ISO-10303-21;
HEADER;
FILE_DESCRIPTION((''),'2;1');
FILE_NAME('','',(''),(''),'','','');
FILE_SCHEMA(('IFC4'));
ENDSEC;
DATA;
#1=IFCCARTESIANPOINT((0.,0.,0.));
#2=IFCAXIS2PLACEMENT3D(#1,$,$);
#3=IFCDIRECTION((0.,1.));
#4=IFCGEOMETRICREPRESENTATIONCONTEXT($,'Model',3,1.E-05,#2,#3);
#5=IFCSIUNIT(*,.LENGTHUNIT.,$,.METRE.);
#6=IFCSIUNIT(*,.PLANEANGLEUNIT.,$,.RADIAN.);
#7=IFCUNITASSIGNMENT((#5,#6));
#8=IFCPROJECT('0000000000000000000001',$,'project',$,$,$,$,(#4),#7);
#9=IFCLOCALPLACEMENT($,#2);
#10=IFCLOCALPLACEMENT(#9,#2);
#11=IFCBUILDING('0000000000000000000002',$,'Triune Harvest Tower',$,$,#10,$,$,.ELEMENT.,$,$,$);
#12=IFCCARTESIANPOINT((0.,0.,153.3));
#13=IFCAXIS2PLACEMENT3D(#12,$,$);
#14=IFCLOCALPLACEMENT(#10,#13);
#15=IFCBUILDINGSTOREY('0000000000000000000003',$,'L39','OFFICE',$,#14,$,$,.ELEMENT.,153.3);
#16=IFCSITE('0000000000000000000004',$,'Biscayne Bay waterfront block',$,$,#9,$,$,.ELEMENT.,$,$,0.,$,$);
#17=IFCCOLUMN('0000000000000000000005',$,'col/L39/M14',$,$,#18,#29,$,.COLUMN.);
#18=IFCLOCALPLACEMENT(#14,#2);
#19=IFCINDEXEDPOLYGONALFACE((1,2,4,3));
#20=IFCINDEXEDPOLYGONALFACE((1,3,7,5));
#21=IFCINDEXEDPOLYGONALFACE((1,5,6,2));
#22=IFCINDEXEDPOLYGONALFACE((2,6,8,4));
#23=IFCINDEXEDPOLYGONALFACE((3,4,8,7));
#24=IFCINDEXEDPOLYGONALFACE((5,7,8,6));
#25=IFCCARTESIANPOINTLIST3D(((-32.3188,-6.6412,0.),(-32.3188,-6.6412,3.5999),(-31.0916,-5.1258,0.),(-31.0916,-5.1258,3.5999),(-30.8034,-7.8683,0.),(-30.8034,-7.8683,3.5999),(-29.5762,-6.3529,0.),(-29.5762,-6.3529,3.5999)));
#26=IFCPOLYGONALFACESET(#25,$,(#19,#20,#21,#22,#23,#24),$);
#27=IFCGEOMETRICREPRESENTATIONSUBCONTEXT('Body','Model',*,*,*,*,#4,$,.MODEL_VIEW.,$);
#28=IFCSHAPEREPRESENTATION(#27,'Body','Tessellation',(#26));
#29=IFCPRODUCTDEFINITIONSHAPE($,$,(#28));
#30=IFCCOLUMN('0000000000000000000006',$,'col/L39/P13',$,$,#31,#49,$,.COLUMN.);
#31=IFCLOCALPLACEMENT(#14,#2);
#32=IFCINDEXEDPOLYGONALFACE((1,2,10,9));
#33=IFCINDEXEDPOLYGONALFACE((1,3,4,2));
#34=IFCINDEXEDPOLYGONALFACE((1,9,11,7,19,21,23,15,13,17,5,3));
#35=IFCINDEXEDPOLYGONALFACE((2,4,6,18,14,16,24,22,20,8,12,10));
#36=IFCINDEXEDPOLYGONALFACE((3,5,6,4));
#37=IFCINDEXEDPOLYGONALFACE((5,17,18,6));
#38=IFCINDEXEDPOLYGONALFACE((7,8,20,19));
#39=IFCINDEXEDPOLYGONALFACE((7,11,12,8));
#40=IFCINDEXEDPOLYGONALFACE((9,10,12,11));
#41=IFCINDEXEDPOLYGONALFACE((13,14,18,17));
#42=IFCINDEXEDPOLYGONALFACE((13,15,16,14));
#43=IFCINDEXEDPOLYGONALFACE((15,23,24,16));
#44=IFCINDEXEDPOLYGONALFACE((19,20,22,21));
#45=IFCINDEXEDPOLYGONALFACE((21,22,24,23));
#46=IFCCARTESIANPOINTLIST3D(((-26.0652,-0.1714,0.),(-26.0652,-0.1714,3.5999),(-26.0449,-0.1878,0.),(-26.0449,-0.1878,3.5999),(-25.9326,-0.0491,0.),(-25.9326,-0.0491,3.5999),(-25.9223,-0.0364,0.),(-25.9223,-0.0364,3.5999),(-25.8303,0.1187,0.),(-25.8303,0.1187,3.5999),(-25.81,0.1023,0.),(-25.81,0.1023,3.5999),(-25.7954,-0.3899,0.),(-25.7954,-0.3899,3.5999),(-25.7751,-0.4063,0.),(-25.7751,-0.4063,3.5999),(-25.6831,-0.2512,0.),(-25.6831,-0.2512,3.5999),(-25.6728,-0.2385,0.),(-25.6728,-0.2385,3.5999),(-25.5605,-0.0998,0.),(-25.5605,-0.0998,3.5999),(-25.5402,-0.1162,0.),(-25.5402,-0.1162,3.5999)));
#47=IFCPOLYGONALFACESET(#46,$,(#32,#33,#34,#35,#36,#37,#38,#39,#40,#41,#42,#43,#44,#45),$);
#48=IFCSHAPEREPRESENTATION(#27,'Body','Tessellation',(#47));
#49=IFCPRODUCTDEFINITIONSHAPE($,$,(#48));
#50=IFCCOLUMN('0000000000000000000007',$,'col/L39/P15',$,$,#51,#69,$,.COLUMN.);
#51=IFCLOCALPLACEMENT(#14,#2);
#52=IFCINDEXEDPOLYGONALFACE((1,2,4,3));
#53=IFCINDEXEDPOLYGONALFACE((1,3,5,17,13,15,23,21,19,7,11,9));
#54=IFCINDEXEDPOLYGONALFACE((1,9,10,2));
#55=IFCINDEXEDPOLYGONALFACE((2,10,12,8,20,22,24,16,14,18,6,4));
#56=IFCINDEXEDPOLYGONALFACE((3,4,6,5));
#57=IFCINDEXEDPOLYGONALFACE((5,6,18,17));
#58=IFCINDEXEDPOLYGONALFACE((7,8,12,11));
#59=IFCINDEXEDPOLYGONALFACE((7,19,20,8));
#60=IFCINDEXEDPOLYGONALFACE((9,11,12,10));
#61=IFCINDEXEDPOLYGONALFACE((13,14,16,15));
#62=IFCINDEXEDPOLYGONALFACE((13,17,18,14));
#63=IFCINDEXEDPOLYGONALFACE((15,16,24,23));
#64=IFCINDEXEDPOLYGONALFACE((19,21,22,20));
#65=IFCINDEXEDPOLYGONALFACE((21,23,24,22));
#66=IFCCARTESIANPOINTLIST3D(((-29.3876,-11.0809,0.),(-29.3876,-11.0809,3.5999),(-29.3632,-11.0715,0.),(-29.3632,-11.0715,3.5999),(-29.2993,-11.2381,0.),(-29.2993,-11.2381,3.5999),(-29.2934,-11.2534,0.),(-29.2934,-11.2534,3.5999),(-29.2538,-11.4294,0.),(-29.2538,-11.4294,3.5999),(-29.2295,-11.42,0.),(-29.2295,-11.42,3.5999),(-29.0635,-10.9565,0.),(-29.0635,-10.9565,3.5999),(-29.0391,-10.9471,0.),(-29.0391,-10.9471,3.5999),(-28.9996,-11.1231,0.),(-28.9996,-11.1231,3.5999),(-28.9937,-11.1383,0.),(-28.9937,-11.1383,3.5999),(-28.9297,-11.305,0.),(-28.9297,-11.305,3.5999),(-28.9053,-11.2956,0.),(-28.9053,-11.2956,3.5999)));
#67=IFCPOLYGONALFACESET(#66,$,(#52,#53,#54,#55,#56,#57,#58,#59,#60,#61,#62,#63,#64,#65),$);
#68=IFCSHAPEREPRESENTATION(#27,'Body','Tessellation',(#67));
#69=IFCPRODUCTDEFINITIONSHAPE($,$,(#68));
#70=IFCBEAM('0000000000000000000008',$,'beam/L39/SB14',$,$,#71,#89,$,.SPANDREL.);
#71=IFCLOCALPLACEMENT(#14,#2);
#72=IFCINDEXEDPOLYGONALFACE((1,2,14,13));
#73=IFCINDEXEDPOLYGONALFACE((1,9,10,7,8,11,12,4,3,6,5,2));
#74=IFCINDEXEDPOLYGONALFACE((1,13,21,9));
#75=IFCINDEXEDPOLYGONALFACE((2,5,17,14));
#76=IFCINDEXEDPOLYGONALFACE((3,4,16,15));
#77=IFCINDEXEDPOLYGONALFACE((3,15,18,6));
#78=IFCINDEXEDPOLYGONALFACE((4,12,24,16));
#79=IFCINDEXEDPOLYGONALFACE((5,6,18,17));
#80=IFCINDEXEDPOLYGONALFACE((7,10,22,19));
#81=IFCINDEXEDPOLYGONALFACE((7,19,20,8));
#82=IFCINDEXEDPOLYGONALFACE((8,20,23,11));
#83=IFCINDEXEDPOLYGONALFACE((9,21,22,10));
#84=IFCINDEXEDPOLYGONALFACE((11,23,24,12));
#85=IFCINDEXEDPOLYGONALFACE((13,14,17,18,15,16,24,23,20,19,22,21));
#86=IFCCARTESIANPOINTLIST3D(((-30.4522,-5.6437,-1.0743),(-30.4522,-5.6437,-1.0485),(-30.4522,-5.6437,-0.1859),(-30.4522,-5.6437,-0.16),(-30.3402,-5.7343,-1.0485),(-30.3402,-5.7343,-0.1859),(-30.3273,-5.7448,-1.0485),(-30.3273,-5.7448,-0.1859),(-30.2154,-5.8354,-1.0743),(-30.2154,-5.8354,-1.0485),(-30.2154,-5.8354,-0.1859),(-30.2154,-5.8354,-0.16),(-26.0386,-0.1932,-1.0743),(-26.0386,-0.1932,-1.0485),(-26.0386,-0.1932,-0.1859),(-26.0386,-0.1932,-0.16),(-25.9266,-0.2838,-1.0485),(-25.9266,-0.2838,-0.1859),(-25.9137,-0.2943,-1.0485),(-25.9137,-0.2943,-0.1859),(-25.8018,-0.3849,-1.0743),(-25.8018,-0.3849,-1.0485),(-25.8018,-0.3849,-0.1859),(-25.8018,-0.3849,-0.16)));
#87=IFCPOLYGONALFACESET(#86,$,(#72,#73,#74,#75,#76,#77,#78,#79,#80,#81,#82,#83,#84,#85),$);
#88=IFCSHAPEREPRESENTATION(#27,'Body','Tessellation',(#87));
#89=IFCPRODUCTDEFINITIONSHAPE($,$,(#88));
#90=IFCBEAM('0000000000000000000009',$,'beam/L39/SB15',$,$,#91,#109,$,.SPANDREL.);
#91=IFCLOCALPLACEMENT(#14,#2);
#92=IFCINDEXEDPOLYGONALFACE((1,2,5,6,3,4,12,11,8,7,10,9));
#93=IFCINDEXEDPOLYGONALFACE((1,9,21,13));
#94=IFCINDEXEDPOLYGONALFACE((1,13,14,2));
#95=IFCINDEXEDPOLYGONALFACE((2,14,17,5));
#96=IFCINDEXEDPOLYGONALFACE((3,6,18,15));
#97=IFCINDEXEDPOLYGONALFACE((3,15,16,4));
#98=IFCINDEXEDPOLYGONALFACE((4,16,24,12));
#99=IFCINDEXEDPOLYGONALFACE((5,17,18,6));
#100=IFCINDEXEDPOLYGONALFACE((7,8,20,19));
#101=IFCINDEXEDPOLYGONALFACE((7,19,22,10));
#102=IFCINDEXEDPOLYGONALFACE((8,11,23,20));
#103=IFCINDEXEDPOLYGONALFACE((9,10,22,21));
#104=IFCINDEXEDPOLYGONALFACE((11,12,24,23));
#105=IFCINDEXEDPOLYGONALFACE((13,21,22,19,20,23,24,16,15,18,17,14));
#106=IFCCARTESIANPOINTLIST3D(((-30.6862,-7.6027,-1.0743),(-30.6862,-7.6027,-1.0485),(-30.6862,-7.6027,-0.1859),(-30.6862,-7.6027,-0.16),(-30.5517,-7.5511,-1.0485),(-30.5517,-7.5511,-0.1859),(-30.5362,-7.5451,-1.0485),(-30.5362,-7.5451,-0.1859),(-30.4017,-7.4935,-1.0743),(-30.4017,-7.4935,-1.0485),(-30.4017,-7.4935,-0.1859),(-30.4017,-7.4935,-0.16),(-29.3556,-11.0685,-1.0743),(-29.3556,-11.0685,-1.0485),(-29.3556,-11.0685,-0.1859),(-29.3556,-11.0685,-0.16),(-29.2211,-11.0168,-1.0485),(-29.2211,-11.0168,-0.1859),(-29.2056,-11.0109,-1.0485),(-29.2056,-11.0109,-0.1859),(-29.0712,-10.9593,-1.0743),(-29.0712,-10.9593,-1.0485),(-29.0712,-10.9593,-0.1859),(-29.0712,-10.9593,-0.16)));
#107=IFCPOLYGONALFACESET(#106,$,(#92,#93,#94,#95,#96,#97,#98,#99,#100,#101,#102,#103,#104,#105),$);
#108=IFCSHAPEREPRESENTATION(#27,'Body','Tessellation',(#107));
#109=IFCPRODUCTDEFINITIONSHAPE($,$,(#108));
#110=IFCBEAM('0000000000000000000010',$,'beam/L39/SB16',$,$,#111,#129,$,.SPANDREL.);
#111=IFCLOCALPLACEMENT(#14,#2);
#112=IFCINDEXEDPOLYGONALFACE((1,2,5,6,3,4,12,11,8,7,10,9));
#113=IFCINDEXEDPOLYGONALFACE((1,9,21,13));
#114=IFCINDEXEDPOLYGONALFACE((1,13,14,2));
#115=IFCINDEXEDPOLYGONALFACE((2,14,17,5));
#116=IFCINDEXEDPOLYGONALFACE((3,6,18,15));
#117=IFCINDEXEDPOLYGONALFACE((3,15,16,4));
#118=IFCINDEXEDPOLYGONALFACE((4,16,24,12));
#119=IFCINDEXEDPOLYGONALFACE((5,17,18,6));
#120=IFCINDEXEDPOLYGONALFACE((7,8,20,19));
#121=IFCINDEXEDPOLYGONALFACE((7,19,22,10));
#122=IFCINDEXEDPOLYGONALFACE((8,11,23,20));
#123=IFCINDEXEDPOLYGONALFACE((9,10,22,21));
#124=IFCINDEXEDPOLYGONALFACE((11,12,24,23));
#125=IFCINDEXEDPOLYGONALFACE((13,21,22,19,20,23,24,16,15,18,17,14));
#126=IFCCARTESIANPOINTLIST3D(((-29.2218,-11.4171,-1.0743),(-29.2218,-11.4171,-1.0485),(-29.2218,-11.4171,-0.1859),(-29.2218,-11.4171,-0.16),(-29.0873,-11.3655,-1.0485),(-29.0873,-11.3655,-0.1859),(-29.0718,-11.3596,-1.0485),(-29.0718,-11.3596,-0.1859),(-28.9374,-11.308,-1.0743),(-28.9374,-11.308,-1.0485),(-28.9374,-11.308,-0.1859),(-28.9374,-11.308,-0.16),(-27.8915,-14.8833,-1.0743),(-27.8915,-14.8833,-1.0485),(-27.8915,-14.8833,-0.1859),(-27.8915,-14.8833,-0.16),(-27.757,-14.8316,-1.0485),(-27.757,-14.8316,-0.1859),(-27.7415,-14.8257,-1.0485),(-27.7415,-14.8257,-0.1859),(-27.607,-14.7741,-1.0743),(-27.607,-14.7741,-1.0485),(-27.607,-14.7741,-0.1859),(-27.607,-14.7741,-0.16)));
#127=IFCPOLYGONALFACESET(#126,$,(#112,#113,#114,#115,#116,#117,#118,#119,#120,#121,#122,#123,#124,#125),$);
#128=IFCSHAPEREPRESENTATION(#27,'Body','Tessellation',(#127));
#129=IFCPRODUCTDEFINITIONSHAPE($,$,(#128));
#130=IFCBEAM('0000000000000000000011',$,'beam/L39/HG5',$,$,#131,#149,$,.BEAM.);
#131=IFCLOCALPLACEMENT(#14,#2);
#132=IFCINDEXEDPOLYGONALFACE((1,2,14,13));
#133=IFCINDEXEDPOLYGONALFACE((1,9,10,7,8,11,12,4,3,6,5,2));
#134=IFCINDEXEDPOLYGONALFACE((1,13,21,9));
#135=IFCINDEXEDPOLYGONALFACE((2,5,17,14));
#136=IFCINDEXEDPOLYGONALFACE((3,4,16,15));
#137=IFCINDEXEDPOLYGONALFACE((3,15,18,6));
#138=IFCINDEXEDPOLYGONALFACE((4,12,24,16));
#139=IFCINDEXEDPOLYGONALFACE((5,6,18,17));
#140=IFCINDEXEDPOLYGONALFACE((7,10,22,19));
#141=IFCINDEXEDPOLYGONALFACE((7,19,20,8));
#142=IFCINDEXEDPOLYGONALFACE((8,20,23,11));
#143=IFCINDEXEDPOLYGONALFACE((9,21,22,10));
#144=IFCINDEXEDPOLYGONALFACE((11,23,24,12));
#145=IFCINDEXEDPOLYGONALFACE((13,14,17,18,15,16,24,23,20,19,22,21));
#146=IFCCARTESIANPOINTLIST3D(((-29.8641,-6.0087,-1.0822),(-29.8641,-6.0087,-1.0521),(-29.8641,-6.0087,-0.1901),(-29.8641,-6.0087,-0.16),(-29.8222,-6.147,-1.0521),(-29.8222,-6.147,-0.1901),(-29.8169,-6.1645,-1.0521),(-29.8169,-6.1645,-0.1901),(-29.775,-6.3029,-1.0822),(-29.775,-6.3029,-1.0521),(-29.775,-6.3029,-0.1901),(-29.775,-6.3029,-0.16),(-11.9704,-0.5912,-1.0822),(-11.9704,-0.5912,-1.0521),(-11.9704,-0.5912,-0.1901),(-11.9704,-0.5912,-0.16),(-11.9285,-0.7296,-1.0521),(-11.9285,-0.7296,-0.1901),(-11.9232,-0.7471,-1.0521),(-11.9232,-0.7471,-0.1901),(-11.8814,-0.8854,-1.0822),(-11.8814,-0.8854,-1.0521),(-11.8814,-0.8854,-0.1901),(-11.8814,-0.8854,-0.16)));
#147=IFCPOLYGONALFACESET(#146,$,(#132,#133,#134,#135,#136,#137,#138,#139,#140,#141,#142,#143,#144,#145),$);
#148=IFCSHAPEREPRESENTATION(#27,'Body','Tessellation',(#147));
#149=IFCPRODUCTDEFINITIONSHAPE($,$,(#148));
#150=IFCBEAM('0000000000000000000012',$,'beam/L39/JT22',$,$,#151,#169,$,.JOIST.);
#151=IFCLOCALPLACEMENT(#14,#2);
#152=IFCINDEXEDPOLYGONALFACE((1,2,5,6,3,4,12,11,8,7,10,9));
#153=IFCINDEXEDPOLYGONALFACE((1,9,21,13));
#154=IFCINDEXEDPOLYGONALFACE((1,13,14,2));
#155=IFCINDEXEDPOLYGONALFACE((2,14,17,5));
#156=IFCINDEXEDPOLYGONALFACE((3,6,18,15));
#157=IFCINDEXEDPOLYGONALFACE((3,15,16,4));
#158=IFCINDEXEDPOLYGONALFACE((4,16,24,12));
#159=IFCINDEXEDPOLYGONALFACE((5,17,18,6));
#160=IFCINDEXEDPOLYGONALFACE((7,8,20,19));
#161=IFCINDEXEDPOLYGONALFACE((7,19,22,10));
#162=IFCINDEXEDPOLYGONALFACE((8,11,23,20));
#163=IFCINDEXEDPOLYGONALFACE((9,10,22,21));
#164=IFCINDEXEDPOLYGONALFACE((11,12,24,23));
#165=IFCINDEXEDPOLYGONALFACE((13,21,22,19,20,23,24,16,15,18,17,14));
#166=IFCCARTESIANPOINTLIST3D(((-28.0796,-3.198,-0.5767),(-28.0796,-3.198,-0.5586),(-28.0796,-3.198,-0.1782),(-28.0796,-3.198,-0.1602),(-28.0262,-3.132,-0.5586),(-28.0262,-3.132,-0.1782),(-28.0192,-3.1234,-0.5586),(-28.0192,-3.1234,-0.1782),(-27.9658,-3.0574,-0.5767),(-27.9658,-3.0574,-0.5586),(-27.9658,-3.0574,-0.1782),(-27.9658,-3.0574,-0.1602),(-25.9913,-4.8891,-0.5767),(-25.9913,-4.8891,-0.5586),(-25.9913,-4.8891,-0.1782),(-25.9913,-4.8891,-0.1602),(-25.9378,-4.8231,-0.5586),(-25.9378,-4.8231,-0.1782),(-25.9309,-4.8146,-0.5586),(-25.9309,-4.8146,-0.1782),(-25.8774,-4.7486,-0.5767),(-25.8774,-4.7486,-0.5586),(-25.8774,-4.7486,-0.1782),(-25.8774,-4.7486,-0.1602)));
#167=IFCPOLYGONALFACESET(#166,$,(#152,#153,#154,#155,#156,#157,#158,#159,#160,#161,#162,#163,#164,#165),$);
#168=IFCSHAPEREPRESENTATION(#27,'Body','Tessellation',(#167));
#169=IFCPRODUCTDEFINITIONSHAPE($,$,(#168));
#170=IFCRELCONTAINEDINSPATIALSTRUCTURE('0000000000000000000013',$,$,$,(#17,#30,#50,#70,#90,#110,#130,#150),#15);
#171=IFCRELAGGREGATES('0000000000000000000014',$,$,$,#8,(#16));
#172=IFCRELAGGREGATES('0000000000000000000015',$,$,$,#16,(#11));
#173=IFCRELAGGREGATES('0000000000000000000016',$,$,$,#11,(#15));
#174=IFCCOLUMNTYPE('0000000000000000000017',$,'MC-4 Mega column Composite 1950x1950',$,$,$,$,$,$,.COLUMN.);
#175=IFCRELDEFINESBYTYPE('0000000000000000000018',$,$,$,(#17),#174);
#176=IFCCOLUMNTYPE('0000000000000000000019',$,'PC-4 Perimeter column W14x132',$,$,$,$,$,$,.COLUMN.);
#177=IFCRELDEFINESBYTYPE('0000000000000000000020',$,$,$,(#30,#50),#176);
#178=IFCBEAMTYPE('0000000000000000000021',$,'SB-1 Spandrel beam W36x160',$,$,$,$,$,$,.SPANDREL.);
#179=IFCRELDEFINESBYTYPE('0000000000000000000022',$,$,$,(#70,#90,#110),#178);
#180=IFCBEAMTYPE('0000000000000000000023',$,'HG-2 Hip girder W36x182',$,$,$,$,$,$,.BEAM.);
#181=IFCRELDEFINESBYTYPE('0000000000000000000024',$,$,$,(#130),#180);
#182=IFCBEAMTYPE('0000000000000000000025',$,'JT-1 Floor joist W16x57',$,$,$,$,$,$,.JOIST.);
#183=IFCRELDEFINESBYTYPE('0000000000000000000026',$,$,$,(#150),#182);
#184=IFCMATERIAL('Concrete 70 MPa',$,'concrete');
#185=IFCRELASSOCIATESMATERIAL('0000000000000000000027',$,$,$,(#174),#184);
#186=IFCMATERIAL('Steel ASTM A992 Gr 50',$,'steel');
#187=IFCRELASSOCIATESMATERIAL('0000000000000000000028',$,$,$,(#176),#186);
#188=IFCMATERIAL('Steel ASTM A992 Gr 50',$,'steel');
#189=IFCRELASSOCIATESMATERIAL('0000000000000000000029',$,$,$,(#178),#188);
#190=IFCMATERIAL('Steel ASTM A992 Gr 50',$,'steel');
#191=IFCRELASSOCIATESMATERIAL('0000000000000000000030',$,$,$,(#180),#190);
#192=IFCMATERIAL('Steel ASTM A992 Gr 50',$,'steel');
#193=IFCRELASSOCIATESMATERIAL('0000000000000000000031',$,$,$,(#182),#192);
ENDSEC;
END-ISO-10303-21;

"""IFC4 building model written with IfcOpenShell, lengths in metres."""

from ifc_helpers import new_model, si_unit, direction, frame, origin, origin_2d, place, context, subcontext, project, spatial, rectangle, i_section, extrude, source, transform, mapped, material, material_profile, profile_set, type_object, element, save


model = new_model("IFC4")

# Units and contexts
model_context = context("Model", 3, precision=1e-05, world=origin(), true_north=direction((0.0, 1.0)))
body_context = subcontext(model_context, "Body", "Model", "MODEL_VIEW")
ifc_project = project(units=[si_unit("LENGTHUNIT", "METRE"), si_unit("PLANEANGLEUNIT", "RADIAN")], contexts=[model_context])

# Site, building, storey
site_placement = place(None, origin())
site = spatial("IfcSite", under=ifc_project, at=site_placement, Name="Biscayne Bay waterfront block", CompositionType="ELEMENT", RefElevation=0.0)
building_placement = place(site_placement, origin())
building = spatial("IfcBuilding", under=site, at=building_placement, Name="Triune Harvest Tower", CompositionType="ELEMENT")
storey_placement = place(building_placement, frame((0.0, 0.0, 153.3)))
storey = spatial("IfcBuildingStorey", under=building, at=storey_placement, Name="L39", Description="OFFICE", CompositionType="ELEMENT", Elevation=153.3)

# Columns
ifc_material_1 = material(Name="Concrete 70 MPa", Category="concrete")
ifc_material_profile_1 = material_profile(ifc_material_1, rectangle(XDim=1.95, YDim=1.95, at=origin_2d()), Name="Composite 1950x1950")
ifc_profile_set_1 = profile_set([ifc_material_profile_1], Name="Concrete 70 MPa")
column_type_1 = type_object("IfcColumnType", Name="MC-4 Mega column Composite 1950x1950", PredefinedType="COLUMN", material=ifc_profile_set_1)
shared_shape_1 = source(origin(), body_context, "Body", "SweptSolid", [
    extrude(rectangle(XDim=1.95, YDim=1.95, at=origin_2d()), origin(), (0.0, 0.0, 1.0), 3.5999),
])
column_placement = place(storey_placement, frame((-30.9475, -6.4971, 0.0), z_axis=(0.0, 0.0, 1.0), x_axis=(-0.629322, -0.777145, 0.0)))
element("IfcColumn", 1, at=column_placement, inside=storey, type_object=column_type_1, Name="col/L39/M14", PredefinedType="COLUMN", context=body_context, shape_type="MappedRepresentation", body=[
    mapped(shared_shape_1, transform((0.0, 0.0, 0.0), scale=1.0)),
])
ifc_material_2 = material(Name="Steel ASTM A992 Gr 50", Category="steel")
ifc_material_profile_2 = material_profile(ifc_material_2, i_section(OverallWidth=0.3733, OverallDepth=0.3733, WebThickness=0.0164, FlangeThickness=0.0261, at=origin_2d()), Name="W14x132")
ifc_profile_set_2 = profile_set([ifc_material_profile_2], Name="Steel ASTM A992 Gr 50")
column_type_2 = type_object("IfcColumnType", Name="PC-4 Perimeter column W14x132", PredefinedType="COLUMN", material=ifc_profile_set_2)
shared_shape_2 = source(origin(), body_context, "Body", "SweptSolid", [
    extrude(i_section(OverallWidth=0.3733, OverallDepth=0.3733, WebThickness=0.0164, FlangeThickness=0.0261, at=origin_2d()), origin(), (0.0, 0.0, 1.0), 3.5999),
])
for number, where, z_axis, x_axis, name in (
    (2, (-25.8027, -0.1438, 0.0), (0.0, 0.0, 1.0), (-0.629322, -0.777145, 0.0), "col/L39/P13"),
    (3, (-29.1465, -11.1882, 0.0), (0.0, 0.0, 1.0), (0.358366, -0.933581, 0.0), "col/L39/P15"),
):
    element("IfcColumn", number, at=place(storey_placement, frame(where, z_axis=z_axis, x_axis=x_axis)), inside=storey, type_object=column_type_2, Name=name, PredefinedType="COLUMN", context=body_context, shape_type="MappedRepresentation", body=[
        mapped(shared_shape_2, transform((0.0, 0.0, 0.0), scale=1.0)),
    ])

# Beams
ifc_material_3 = material(Name="Steel ASTM A992 Gr 50", Category="steel")
ifc_material_profile_3 = material_profile(ifc_material_3, i_section(OverallWidth=0.3047, OverallDepth=0.9143, WebThickness=0.0166, FlangeThickness=0.0259, at=origin_2d()), Name="W36x160")
ifc_profile_set_3 = profile_set([ifc_material_profile_3], Name="Steel ASTM A992 Gr 50")
beam_type_1 = type_object("IfcBeamType", Name="SB-1 Spandrel beam W36x160", PredefinedType="SPANDREL", material=ifc_profile_set_3)
shared_shape_3 = source(origin(), body_context, "Body", "SweptSolid", [
    extrude(i_section(OverallWidth=0.3047, OverallDepth=0.9143, WebThickness=0.0166, FlangeThickness=0.0259, at=origin_2d()), origin(), (0.0, 0.0, 1.0), 7.0134),
])
beam_1_placement = place(storey_placement, frame((-25.9202, -0.2891, -0.6172), z_axis=(-0.629311, -0.777153, 0.0), x_axis=(0.777153, -0.629311, 0.0)))
element("IfcBeam", 4, at=beam_1_placement, inside=storey, type_object=beam_type_1, Name="beam/L39/SB14", PredefinedType="SPANDREL", context=body_context, shape_type="MappedRepresentation", body=[
    mapped(shared_shape_3, transform((0.0, 0.0, 0.0), scale=1.0)),
])
shared_shape_4 = source(origin(), body_context, "Body", "SweptSolid", [
    extrude(i_section(OverallWidth=0.3047, OverallDepth=0.9143, WebThickness=0.0166, FlangeThickness=0.0259, at=origin_2d()), origin(), (0.0, 0.0, 1.0), 3.7124),
])
beam_2_placement = place(storey_placement, frame((-30.5439, -7.5481, -0.6172), z_axis=(0.358406, -0.933566, 0.0), x_axis=(0.933566, 0.358406, 0.0)))
element("IfcBeam", 5, at=beam_2_placement, inside=storey, type_object=beam_type_1, Name="beam/L39/SB15", PredefinedType="SPANDREL", context=body_context, shape_type="MappedRepresentation", body=[
    mapped(shared_shape_4, transform((0.0, 0.0, 0.0), scale=1.0)),
])
shared_shape_5 = source(origin(), body_context, "Body", "SweptSolid", [
    extrude(i_section(OverallWidth=0.3047, OverallDepth=0.9143, WebThickness=0.0166, FlangeThickness=0.0259, at=origin_2d()), origin(), (0.0, 0.0, 1.0), 3.7126),
])
beam_3_placement = place(storey_placement, frame((-29.0796, -11.3625, -0.6172), z_axis=(0.358327, -0.933596, 0.0), x_axis=(0.933596, 0.358327, 0.0)))
element("IfcBeam", 6, at=beam_3_placement, inside=storey, type_object=beam_type_1, Name="beam/L39/SB16", PredefinedType="SPANDREL", context=body_context, shape_type="MappedRepresentation", body=[
    mapped(shared_shape_5, transform((0.0, 0.0, 0.0), scale=1.0)),
])
ifc_material_4 = material(Name="Steel ASTM A992 Gr 50", Category="steel")
ifc_material_profile_4 = material_profile(ifc_material_4, i_section(OverallWidth=0.3074, OverallDepth=0.9221, WebThickness=0.0183, FlangeThickness=0.03, at=origin_2d()), Name="W36x182")
ifc_profile_set_4 = profile_set([ifc_material_profile_4], Name="Steel ASTM A992 Gr 50")
beam_type_2 = type_object("IfcBeamType", Name="HG-2 Hip girder W36x182", PredefinedType="BEAM", material=ifc_profile_set_4)
shared_shape_6 = source(origin(), body_context, "Body", "SweptSolid", [
    extrude(i_section(OverallWidth=0.3074, OverallDepth=0.9221, WebThickness=0.0183, FlangeThickness=0.03, at=origin_2d()), origin(), (0.0, 0.0, 1.0), 18.6958),
])
beam_4_placement = place(storey_placement, frame((-29.8196, -6.1558, -0.6211), z_axis=(0.957097, 0.289768, 0.0), x_axis=(-0.289768, 0.957097, 0.0)))
element("IfcBeam", 7, at=beam_4_placement, inside=storey, type_object=beam_type_2, Name="beam/L39/HG5", PredefinedType="BEAM", context=body_context, shape_type="MappedRepresentation", body=[
    mapped(shared_shape_6, transform((0.0, 0.0, 0.0), scale=1.0)),
])
ifc_material_5 = material(Name="Steel ASTM A992 Gr 50", Category="steel")
ifc_material_profile_5 = material_profile(ifc_material_5, i_section(OverallWidth=0.1809, OverallDepth=0.4165, WebThickness=0.011, FlangeThickness=0.0181, at=origin_2d()), Name="W16x57")
ifc_profile_set_5 = profile_set([ifc_material_profile_5], Name="Steel ASTM A992 Gr 50")
beam_type_3 = type_object("IfcBeamType", Name="JT-1 Floor joist W16x57", PredefinedType="JOIST", material=ifc_profile_set_5)
shared_shape_7 = source(origin(), body_context, "Body", "SweptSolid", [
    extrude(i_section(OverallWidth=0.1809, OverallDepth=0.4165, WebThickness=0.011, FlangeThickness=0.0181, at=origin_2d()), origin(), (0.0, 0.0, 1.0), 2.6873),
])
beam_5_placement = place(storey_placement, frame((-28.0227, -3.1277, -0.3684), z_axis=(0.777141, -0.629326, 0.0), x_axis=(0.629326, 0.777141, 0.0)))
element("IfcBeam", 8, at=beam_5_placement, inside=storey, type_object=beam_type_3, Name="beam/L39/JT22", PredefinedType="JOIST", context=body_context, shape_type="MappedRepresentation", body=[
    mapped(shared_shape_7, transform((0.0, 0.0, 0.0), scale=1.0)),
])

save(model, "model.ifc")
